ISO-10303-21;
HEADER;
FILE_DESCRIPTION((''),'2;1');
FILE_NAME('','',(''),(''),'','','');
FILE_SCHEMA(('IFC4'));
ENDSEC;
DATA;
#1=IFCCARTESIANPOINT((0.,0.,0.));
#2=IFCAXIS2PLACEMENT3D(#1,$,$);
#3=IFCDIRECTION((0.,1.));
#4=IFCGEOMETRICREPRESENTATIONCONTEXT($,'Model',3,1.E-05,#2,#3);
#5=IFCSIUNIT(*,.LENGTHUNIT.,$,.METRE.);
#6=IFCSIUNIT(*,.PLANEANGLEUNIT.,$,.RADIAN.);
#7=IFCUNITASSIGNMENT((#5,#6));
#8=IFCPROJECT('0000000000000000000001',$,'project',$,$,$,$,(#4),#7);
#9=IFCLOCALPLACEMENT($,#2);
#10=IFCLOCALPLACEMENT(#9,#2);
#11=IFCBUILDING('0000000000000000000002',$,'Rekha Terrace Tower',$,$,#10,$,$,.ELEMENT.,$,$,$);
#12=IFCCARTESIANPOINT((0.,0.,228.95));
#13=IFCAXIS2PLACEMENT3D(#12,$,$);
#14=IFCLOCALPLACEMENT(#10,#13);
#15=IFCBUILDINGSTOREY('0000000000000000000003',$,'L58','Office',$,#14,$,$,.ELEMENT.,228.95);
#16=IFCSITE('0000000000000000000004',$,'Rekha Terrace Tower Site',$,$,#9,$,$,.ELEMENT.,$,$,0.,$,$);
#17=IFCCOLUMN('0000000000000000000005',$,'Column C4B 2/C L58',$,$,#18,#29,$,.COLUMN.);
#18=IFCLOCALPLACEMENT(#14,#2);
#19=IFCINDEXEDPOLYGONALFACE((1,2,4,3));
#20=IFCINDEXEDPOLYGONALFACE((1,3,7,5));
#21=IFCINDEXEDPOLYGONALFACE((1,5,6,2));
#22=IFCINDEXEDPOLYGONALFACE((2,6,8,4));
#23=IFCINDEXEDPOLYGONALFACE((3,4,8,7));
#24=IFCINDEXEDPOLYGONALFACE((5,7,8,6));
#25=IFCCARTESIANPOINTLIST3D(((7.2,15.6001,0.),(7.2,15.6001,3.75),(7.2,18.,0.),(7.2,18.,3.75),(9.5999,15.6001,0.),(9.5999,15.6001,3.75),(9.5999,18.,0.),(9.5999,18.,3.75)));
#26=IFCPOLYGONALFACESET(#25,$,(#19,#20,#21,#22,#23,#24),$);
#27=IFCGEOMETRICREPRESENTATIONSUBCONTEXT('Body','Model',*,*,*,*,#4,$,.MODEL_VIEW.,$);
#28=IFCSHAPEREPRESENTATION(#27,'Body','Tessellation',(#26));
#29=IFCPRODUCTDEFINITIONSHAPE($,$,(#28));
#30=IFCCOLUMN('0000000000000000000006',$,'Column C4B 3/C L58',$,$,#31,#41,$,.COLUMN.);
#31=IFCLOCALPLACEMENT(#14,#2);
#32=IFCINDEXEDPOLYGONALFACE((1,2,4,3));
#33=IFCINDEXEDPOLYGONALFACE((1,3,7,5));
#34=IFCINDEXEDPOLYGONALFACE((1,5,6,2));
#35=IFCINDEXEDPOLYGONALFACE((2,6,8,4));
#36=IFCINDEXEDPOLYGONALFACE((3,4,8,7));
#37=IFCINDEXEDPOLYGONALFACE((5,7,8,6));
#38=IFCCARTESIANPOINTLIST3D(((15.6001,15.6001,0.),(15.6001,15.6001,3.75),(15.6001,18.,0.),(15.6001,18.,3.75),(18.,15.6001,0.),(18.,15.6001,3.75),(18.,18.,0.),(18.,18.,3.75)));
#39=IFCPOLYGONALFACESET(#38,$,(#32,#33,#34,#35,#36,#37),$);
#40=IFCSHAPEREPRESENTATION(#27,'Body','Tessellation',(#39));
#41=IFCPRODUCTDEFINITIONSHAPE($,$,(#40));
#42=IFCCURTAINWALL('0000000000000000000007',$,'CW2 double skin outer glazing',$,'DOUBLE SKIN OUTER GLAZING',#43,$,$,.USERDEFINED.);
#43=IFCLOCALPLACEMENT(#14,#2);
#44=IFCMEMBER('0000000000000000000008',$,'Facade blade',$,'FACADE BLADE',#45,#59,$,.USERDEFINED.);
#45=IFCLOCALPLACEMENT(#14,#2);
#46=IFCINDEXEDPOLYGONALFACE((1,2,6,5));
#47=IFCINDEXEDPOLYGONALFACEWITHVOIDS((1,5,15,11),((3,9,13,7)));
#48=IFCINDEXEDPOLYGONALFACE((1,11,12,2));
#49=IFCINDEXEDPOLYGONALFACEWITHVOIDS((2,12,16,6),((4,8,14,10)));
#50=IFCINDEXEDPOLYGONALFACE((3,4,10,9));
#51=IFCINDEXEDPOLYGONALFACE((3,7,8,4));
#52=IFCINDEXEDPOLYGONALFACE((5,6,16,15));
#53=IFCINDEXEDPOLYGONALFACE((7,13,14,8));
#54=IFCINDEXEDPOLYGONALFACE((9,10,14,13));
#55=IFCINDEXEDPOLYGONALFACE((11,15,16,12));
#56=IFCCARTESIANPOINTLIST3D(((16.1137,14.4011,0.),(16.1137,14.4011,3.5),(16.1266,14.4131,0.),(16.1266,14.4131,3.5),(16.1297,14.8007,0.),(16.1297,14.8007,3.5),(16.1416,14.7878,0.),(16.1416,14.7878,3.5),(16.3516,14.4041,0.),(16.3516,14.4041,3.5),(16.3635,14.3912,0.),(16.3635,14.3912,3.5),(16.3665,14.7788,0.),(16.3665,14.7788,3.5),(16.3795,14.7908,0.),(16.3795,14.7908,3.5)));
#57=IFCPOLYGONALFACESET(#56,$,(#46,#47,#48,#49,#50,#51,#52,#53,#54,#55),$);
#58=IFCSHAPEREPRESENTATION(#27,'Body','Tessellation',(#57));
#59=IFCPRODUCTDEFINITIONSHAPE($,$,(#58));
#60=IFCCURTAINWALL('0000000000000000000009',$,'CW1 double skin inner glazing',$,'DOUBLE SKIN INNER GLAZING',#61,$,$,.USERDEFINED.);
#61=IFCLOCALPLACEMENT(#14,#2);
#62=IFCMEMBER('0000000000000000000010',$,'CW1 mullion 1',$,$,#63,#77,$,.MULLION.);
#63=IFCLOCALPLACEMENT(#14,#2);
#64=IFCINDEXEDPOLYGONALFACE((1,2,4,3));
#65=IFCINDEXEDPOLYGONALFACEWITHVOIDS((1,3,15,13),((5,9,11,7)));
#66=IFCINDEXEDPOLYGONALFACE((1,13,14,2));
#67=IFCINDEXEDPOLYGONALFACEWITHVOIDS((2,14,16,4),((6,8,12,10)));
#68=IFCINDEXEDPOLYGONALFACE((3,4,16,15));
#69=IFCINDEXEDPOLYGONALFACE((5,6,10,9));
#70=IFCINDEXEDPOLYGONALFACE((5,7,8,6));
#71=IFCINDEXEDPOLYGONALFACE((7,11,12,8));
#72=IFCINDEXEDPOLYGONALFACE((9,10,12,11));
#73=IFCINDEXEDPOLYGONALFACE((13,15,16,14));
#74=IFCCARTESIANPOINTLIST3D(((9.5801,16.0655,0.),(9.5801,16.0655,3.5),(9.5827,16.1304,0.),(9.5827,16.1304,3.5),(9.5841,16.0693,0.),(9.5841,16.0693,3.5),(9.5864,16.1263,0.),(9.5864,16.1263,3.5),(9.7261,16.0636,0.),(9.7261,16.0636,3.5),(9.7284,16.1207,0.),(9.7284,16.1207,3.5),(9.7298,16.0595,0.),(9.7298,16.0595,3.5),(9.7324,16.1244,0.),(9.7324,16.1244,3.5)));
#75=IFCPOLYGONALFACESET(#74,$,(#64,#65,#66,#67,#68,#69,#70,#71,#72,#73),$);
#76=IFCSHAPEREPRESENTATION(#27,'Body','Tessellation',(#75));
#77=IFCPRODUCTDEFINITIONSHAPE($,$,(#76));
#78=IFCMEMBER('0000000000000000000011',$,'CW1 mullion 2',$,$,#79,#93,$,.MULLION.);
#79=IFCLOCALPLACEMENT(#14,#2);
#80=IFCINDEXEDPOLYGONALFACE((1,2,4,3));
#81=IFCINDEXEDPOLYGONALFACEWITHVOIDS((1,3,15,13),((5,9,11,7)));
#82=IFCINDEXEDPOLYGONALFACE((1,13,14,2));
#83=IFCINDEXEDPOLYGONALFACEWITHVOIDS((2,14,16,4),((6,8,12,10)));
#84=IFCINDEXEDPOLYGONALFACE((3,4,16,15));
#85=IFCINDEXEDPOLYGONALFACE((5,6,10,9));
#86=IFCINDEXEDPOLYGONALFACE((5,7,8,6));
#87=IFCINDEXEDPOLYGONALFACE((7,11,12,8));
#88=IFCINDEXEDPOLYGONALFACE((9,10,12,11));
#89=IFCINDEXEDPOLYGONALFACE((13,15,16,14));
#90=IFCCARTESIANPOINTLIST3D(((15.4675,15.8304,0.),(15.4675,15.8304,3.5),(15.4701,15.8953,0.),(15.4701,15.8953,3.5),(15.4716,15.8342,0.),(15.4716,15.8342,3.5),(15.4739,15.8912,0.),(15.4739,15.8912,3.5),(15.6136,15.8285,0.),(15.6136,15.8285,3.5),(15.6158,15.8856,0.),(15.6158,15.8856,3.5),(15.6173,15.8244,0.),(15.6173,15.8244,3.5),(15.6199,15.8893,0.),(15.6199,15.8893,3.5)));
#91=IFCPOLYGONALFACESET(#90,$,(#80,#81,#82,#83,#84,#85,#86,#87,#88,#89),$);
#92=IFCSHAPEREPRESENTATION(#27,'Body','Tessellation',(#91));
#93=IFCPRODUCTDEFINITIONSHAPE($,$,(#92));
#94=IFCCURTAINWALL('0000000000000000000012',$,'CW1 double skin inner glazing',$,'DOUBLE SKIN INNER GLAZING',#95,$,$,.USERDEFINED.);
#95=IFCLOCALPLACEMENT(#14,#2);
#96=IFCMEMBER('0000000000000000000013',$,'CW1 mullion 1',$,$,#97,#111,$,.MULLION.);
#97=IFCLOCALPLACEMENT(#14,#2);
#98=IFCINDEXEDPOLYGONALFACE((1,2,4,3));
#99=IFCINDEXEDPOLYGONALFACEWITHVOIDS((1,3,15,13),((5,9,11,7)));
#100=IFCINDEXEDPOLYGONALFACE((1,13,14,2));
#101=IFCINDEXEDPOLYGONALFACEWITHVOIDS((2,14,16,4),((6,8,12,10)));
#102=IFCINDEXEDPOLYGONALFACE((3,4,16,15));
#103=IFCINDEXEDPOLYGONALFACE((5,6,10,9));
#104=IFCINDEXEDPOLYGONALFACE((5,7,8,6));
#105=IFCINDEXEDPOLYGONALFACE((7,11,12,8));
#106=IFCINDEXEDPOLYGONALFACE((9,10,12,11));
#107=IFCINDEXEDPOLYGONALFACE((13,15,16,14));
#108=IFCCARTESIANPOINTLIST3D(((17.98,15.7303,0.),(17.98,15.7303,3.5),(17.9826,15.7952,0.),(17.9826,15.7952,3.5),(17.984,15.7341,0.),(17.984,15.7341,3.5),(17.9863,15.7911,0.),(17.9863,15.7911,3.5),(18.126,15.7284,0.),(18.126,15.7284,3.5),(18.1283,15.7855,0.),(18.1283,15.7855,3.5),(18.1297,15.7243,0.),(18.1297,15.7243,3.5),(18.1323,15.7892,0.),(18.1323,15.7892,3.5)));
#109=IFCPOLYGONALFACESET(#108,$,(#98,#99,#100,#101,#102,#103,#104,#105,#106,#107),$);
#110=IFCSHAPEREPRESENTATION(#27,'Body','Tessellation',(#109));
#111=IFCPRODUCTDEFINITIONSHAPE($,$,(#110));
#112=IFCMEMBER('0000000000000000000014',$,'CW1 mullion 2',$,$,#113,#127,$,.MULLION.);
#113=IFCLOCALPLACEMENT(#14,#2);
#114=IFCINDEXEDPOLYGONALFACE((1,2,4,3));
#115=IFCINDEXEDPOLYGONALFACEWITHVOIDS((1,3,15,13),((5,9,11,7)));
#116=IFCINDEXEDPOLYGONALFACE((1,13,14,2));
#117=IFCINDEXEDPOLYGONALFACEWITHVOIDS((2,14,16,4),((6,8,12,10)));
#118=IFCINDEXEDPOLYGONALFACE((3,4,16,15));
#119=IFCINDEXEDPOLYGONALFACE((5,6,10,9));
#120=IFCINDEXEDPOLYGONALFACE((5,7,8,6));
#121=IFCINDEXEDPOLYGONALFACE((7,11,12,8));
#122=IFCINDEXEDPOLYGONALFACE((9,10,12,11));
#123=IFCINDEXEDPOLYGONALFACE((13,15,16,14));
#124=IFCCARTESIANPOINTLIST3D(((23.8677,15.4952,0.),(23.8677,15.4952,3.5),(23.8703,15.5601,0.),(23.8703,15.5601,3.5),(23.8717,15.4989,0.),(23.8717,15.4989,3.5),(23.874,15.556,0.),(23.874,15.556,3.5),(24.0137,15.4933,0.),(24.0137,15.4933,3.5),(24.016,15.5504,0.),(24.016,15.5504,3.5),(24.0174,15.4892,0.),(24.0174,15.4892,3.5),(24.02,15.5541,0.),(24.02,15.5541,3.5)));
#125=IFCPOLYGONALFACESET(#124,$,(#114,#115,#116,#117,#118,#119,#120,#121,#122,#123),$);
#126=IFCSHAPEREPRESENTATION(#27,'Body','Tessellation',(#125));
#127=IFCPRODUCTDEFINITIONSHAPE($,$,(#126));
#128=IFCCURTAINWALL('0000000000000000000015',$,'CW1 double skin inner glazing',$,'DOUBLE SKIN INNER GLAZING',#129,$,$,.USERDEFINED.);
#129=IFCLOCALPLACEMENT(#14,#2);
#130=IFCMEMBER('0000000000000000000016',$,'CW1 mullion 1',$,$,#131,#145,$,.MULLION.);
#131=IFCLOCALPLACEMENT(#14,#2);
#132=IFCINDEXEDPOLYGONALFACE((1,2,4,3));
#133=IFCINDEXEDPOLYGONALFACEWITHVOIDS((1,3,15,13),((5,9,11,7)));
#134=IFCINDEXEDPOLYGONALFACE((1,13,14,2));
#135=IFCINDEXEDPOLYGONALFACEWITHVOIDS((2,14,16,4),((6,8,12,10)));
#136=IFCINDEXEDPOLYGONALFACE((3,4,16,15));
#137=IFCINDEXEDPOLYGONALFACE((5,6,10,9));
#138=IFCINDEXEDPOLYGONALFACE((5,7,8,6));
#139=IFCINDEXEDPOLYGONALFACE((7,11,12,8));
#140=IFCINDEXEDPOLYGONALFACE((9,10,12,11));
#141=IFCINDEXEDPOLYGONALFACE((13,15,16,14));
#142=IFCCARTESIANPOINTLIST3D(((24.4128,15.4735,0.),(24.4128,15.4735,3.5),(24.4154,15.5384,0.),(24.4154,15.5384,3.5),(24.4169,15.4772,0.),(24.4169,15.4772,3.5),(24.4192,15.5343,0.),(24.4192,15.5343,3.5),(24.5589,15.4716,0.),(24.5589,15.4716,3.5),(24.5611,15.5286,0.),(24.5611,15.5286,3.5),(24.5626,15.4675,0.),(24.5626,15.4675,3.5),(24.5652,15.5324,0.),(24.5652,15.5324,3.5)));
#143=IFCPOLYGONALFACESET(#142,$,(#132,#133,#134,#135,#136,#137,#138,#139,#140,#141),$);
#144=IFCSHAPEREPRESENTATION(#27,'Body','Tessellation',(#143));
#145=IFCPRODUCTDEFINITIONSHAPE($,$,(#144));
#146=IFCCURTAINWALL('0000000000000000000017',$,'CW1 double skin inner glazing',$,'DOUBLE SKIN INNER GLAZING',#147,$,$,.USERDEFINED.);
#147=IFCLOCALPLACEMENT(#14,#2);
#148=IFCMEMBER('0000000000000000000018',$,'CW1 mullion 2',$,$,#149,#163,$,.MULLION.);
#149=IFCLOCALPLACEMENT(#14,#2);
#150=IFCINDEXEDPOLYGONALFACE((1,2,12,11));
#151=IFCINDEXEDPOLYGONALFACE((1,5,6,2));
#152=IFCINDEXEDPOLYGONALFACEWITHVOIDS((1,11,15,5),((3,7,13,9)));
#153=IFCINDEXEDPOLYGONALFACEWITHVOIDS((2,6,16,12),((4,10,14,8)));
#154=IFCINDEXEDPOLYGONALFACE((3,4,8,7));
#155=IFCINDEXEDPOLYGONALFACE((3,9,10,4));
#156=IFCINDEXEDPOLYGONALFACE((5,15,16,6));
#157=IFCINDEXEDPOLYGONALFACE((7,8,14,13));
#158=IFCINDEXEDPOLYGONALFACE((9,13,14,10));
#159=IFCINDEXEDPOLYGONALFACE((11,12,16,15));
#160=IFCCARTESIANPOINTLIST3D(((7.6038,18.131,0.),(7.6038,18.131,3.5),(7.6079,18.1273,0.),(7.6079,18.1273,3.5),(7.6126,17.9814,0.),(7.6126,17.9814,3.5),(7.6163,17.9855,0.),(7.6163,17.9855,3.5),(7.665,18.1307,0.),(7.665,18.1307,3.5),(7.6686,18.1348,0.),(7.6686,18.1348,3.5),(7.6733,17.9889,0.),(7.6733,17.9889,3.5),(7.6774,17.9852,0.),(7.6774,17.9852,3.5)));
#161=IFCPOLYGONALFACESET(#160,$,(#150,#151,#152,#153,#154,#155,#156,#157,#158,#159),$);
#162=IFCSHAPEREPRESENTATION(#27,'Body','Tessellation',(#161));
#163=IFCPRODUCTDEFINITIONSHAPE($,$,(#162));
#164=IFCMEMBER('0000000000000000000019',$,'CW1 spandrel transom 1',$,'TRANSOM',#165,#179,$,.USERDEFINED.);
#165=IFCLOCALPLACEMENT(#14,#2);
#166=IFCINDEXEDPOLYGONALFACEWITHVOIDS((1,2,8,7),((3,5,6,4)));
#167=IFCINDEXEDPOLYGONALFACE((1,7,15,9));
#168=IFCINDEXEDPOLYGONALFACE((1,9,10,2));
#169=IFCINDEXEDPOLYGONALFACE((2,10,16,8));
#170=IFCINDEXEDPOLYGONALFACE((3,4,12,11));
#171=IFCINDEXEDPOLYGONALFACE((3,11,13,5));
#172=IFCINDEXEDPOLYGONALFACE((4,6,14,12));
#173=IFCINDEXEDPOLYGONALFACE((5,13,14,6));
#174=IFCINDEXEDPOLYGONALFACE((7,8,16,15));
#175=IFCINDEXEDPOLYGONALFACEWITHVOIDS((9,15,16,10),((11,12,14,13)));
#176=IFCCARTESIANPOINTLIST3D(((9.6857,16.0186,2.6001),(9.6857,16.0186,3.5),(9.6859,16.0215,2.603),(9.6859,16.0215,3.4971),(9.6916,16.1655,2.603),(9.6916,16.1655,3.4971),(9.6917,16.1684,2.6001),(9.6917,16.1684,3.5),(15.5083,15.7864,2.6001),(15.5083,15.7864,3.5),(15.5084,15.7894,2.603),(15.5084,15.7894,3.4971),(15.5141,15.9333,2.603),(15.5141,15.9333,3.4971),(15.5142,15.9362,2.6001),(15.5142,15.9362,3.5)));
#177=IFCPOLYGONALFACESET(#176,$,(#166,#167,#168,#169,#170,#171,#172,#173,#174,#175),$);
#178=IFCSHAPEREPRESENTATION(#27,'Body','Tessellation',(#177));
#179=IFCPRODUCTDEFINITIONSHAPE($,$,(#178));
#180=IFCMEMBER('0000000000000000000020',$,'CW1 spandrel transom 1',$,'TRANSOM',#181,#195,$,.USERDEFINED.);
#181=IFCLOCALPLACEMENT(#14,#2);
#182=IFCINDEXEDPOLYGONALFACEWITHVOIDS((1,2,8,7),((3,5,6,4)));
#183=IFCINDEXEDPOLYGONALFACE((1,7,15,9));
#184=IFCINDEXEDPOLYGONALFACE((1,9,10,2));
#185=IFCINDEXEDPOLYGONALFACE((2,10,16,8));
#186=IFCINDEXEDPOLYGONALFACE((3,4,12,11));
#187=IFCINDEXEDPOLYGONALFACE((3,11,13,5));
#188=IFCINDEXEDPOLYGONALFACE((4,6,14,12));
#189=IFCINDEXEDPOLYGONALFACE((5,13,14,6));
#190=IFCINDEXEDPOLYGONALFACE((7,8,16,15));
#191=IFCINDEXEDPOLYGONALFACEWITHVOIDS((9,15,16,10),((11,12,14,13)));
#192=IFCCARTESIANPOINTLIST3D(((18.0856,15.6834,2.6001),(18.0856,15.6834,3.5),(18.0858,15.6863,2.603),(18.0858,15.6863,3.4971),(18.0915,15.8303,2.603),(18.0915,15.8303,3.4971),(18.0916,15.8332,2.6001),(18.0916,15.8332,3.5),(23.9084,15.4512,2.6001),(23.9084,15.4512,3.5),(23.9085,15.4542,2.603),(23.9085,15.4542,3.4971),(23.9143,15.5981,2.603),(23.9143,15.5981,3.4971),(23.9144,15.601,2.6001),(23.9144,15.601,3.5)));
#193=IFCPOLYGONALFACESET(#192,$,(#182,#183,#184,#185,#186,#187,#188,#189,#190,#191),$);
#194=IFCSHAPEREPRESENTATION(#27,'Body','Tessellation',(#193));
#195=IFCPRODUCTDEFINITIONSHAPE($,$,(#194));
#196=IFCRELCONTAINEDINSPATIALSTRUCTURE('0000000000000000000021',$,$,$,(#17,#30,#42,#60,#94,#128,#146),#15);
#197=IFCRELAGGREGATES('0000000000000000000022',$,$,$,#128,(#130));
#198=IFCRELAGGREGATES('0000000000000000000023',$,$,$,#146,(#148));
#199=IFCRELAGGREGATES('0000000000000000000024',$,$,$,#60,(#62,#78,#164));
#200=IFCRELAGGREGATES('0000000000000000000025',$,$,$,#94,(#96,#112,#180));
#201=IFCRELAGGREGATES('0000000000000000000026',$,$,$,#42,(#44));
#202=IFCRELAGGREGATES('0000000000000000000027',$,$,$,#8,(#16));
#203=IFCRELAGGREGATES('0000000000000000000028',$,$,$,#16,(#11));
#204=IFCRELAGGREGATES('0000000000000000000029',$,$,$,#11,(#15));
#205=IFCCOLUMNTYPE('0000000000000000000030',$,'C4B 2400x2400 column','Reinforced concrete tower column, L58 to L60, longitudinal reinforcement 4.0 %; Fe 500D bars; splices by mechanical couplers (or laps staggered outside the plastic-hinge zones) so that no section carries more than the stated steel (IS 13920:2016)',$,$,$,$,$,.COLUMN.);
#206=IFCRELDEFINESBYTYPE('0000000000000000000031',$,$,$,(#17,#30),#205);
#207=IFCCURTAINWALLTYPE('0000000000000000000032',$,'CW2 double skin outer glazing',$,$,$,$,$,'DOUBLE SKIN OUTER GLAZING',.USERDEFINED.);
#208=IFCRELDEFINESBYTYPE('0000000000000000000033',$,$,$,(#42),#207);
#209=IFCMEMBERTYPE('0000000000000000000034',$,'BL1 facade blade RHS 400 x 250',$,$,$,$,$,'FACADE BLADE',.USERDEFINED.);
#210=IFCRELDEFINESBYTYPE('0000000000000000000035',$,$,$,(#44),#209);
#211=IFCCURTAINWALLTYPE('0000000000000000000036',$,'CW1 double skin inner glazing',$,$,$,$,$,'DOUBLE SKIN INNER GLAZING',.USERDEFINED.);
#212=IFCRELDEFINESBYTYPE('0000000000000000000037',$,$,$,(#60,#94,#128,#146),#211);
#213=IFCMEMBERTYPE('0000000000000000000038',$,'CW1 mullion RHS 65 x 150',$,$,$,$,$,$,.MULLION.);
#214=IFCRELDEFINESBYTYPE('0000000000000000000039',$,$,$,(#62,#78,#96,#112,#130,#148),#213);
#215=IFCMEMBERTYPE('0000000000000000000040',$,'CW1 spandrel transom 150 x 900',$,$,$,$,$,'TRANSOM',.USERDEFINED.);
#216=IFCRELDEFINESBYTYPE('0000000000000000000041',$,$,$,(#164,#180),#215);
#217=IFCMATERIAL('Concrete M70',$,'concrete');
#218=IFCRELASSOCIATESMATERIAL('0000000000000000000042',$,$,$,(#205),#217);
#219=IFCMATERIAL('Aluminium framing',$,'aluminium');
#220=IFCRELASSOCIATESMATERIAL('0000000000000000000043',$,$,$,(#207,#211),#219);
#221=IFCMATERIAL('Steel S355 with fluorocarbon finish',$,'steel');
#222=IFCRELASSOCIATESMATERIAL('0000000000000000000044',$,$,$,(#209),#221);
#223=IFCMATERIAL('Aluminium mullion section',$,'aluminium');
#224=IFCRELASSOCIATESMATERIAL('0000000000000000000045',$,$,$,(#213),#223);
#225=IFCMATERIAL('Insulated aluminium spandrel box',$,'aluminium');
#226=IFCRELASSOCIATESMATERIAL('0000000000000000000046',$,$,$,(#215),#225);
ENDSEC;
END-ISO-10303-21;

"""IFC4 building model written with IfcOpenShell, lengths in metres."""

from ifc_helpers import new_model, si_unit, direction, frame, origin, origin_2d, place, context, subcontext, project, spatial, rectangle, hollow_rectangle, extrude, material, material_profile, profile_set, type_object, element, aggregate, save


model = new_model("IFC4")

# Units and contexts
model_context = context("Model", 3, precision=1e-05, world=origin(), true_north=direction((0.0, 1.0)))
body_context = subcontext(model_context, "Body", "Model", "MODEL_VIEW")
ifc_project = project(units=[si_unit("LENGTHUNIT", "METRE"), si_unit("PLANEANGLEUNIT", "RADIAN")], contexts=[model_context])

# Site, building, storey
site_placement = place(None, origin())
site = spatial("IfcSite", under=ifc_project, at=site_placement, Name="Rekha Terrace Tower Site", CompositionType="ELEMENT", RefElevation=0.0)
building_placement = place(site_placement, origin())
building = spatial("IfcBuilding", under=site, at=building_placement, Name="Rekha Terrace Tower", CompositionType="ELEMENT")
storey_placement = place(building_placement, frame((0.0, 0.0, 228.95)))
storey = spatial("IfcBuildingStorey", under=building, at=storey_placement, Name="L58", Description="Office", CompositionType="ELEMENT", Elevation=228.95)

# Columns
ifc_material_1 = material(Name="Concrete M70", Category="concrete")
ifc_material_profile_1 = material_profile(ifc_material_1, rectangle(XDim=2.3999, YDim=2.3999, at=origin_2d()), Name="RC 2400x2400")
ifc_profile_set_1 = profile_set([ifc_material_profile_1], Name="Concrete M70")
column_type = type_object("IfcColumnType", Name="C4B 2400x2400 column", Description="Reinforced concrete tower column, L58 to L60, longitudinal reinforcement 4.0 %; Fe 500D bars; splices by mechanical couplers (or laps staggered outside the plastic-hinge zones) so that no section carries more than the stated steel (IS 13920:2016)", PredefinedType="COLUMN", material=ifc_profile_set_1)
for number, where, z_axis, x_axis, name in (
    (1, (8.3999, 16.8, 0.0), (0.0, 0.0, 1.0), (1.0, 0.0, 0.0), "Column C4B 2/C L58"),
    (2, (16.8, 16.8, 0.0), (0.0, 0.0, 1.0), (1.0, 0.0, 0.0), "Column C4B 3/C L58"),
):
    element("IfcColumn", number, at=place(storey_placement, frame(where, z_axis=z_axis, x_axis=x_axis)), inside=storey, type_object=column_type, Name=name, PredefinedType="COLUMN", context=body_context, shape_type="SweptSolid", body=[
        extrude(rectangle(XDim=2.3999, YDim=2.3999, at=origin_2d()), origin(), (0.0, 0.0, 1.0), 3.75),
    ])

# Curtain wall, member
ifc_material_2 = material(Name="Aluminium framing", Category="aluminium")
curtain_wall_type_1 = type_object("IfcCurtainWallType", Name="CW2 double skin outer glazing", ElementType="DOUBLE SKIN OUTER GLAZING", PredefinedType="USERDEFINED", material=ifc_material_2)
curtain_wall_1_placement = place(storey_placement, origin())
curtain_wall_1 = element("IfcCurtainWall", 3, at=curtain_wall_1_placement, inside=storey, type_object=curtain_wall_type_1, Name="CW2 double skin outer glazing", ObjectType="DOUBLE SKIN OUTER GLAZING", PredefinedType="USERDEFINED")
ifc_material_3 = material(Name="Steel S355 with fluorocarbon finish", Category="steel")
ifc_material_profile_2 = material_profile(ifc_material_3, hollow_rectangle(XDim=0.25, YDim=0.3999, WallThickness=0.0125, at=origin_2d()), Name="RHS400x250x12.5")
ifc_profile_set_2 = profile_set([ifc_material_profile_2], Name="Steel S355 with fluorocarbon finish")
member_type_1 = type_object("IfcMemberType", Name="BL1 facade blade RHS 400 x 250", ElementType="FACADE BLADE", PredefinedType="USERDEFINED", material=ifc_profile_set_2)
member_1_placement = place(storey_placement, frame((16.2466, 14.5959, 0.0), z_axis=(0.0, 0.0, 1.0), x_axis=(0.999205, -0.039872, 0.0)))
member_1 = element("IfcMember", 4, at=member_1_placement, type_object=member_type_1, Name="Facade blade", ObjectType="FACADE BLADE", PredefinedType="USERDEFINED", context=body_context, shape_type="SweptSolid", body=[
    extrude(hollow_rectangle(XDim=0.25, YDim=0.3999, WallThickness=0.0125, at=origin_2d()), origin(), (0.0, 0.0, 1.0), 3.5),
])

# Curtain walls, members
curtain_wall_type_2 = type_object("IfcCurtainWallType", Name="CW1 double skin inner glazing", ElementType="DOUBLE SKIN INNER GLAZING", PredefinedType="USERDEFINED", material=ifc_material_2)
curtain_wall_2_placement = place(storey_placement, origin())
curtain_wall_2 = element("IfcCurtainWall", 5, at=curtain_wall_2_placement, inside=storey, type_object=curtain_wall_type_2, Name="CW1 double skin inner glazing", ObjectType="DOUBLE SKIN INNER GLAZING", PredefinedType="USERDEFINED")
ifc_material_4 = material(Name="Aluminium mullion section", Category="aluminium")
ifc_material_profile_3 = material_profile(ifc_material_4, hollow_rectangle(XDim=0.0649, YDim=0.1499, WallThickness=0.0039, at=origin_2d()), Name="AL RHS 65x150")
ifc_profile_set_3 = profile_set([ifc_material_profile_3], Name="Aluminium mullion section")
member_type_2 = type_object("IfcMemberType", Name="CW1 mullion RHS 65 x 150", PredefinedType="MULLION", material=ifc_profile_set_3)
member_2_placement = place(storey_placement, frame((9.6562, 16.095, 0.0), z_axis=(0.0, 0.0, 1.0), x_axis=(0.039872, 0.999205, 0.0)))
member_2 = element("IfcMember", 6, at=member_2_placement, type_object=member_type_2, Name="CW1 mullion 1", PredefinedType="MULLION", context=body_context, shape_type="SweptSolid", body=[
    extrude(hollow_rectangle(XDim=0.0649, YDim=0.1499, WallThickness=0.0039, at=origin_2d()), origin(), (0.0, 0.0, 1.0), 3.5),
])
member_3_placement = place(storey_placement, frame((15.5437, 15.8599, 0.0), z_axis=(0.0, 0.0, 1.0), x_axis=(0.039872, 0.999205, 0.0)))
member_3 = element("IfcMember", 7, at=member_3_placement, type_object=member_type_2, Name="CW1 mullion 2", PredefinedType="MULLION", context=body_context, shape_type="SweptSolid", body=[
    extrude(hollow_rectangle(XDim=0.0649, YDim=0.1499, WallThickness=0.0039, at=origin_2d()), origin(), (0.0, 0.0, 1.0), 3.5),
])
curtain_wall_3_placement = place(storey_placement, origin())
curtain_wall_3 = element("IfcCurtainWall", 8, at=curtain_wall_3_placement, inside=storey, type_object=curtain_wall_type_2, Name="CW1 double skin inner glazing", ObjectType="DOUBLE SKIN INNER GLAZING", PredefinedType="USERDEFINED")
member_4_placement = place(storey_placement, frame((18.0562, 15.7598, 0.0), z_axis=(0.0, 0.0, 1.0), x_axis=(0.039872, 0.999205, 0.0)))
member_4 = element("IfcMember", 9, at=member_4_placement, type_object=member_type_2, Name="CW1 mullion 1", PredefinedType="MULLION", context=body_context, shape_type="SweptSolid", body=[
    extrude(hollow_rectangle(XDim=0.0649, YDim=0.1499, WallThickness=0.0039, at=origin_2d()), origin(), (0.0, 0.0, 1.0), 3.5),
])
member_5_placement = place(storey_placement, frame((23.9438, 15.5247, 0.0), z_axis=(0.0, 0.0, 1.0), x_axis=(0.039872, 0.999205, 0.0)))
member_5 = element("IfcMember", 10, at=member_5_placement, type_object=member_type_2, Name="CW1 mullion 2", PredefinedType="MULLION", context=body_context, shape_type="SweptSolid", body=[
    extrude(hollow_rectangle(XDim=0.0649, YDim=0.1499, WallThickness=0.0039, at=origin_2d()), origin(), (0.0, 0.0, 1.0), 3.5),
])

# Curtain walls, members
curtain_wall_4_placement = place(storey_placement, origin())
curtain_wall_4 = element("IfcCurtainWall", 11, at=curtain_wall_4_placement, inside=storey, type_object=curtain_wall_type_2, Name="CW1 double skin inner glazing", ObjectType="DOUBLE SKIN INNER GLAZING", PredefinedType="USERDEFINED")
member_6_placement = place(storey_placement, frame((24.489, 15.5029, 0.0), z_axis=(0.0, 0.0, 1.0), x_axis=(0.039872, 0.999205, 0.0)))
member_6 = element("IfcMember", 12, at=member_6_placement, type_object=member_type_2, Name="CW1 mullion 1", PredefinedType="MULLION", context=body_context, shape_type="SweptSolid", body=[
    extrude(hollow_rectangle(XDim=0.0649, YDim=0.1499, WallThickness=0.0039, at=origin_2d()), origin(), (0.0, 0.0, 1.0), 3.5),
])
aggregate(curtain_wall_4, [member_6])
curtain_wall_5_placement = place(storey_placement, origin())
curtain_wall_5 = element("IfcCurtainWall", 13, at=curtain_wall_5_placement, inside=storey, type_object=curtain_wall_type_2, Name="CW1 double skin inner glazing", ObjectType="DOUBLE SKIN INNER GLAZING", PredefinedType="USERDEFINED")
member_7_placement = place(storey_placement, frame((7.6406, 18.0581, 0.0), z_axis=(0.0, 0.0, 1.0), x_axis=(0.998272, 0.058765, 0.0)))
member_7 = element("IfcMember", 14, at=member_7_placement, type_object=member_type_2, Name="CW1 mullion 2", PredefinedType="MULLION", context=body_context, shape_type="SweptSolid", body=[
    extrude(hollow_rectangle(XDim=0.0649, YDim=0.1499, WallThickness=0.0039, at=origin_2d()), origin(), (0.0, 0.0, 1.0), 3.5),
])
aggregate(curtain_wall_5, [member_7])

# Members
ifc_material_5 = material(Name="Insulated aluminium spandrel box", Category="aluminium")
ifc_material_profile_4 = material_profile(ifc_material_5, hollow_rectangle(XDim=0.1499, YDim=0.8999, WallThickness=0.0029, at=origin_2d()), Name="AL SPANDREL BOX 150x900")
ifc_profile_set_4 = profile_set([ifc_material_profile_4], Name="Insulated aluminium spandrel box")
member_type_3 = type_object("IfcMemberType", Name="CW1 spandrel transom 150 x 900", ElementType="TRANSOM", PredefinedType="USERDEFINED", material=ifc_profile_set_4)
member_8_placement = place(storey_placement, frame((9.6887, 16.0935, 3.05), z_axis=(0.999206, -0.039844, 0.0), x_axis=(0.039844, 0.999206, 0.0)))
member_8 = element("IfcMember", 15, at=member_8_placement, type_object=member_type_3, Name="CW1 spandrel transom 1", ObjectType="TRANSOM", PredefinedType="USERDEFINED", context=body_context, shape_type="SweptSolid", body=[
    extrude(hollow_rectangle(XDim=0.1499, YDim=0.8999, WallThickness=0.0029, at=origin_2d()), origin(), (0.0, 0.0, 1.0), 5.8271),
])
member_9_placement = place(storey_placement, frame((18.0886, 15.7583, 3.05), z_axis=(0.999206, -0.039843, 0.0), x_axis=(0.039843, 0.999206, 0.0)))
member_9 = element("IfcMember", 16, at=member_9_placement, type_object=member_type_3, Name="CW1 spandrel transom 1", ObjectType="TRANSOM", PredefinedType="USERDEFINED", context=body_context, shape_type="SweptSolid", body=[
    extrude(hollow_rectangle(XDim=0.1499, YDim=0.8999, WallThickness=0.0029, at=origin_2d()), origin(), (0.0, 0.0, 1.0), 5.8274),
])

aggregate(curtain_wall_2, [member_2, member_3, member_8])
aggregate(curtain_wall_3, [member_4, member_5, member_9])
aggregate(curtain_wall_1, [member_1])

save(model, "model.ifc")
